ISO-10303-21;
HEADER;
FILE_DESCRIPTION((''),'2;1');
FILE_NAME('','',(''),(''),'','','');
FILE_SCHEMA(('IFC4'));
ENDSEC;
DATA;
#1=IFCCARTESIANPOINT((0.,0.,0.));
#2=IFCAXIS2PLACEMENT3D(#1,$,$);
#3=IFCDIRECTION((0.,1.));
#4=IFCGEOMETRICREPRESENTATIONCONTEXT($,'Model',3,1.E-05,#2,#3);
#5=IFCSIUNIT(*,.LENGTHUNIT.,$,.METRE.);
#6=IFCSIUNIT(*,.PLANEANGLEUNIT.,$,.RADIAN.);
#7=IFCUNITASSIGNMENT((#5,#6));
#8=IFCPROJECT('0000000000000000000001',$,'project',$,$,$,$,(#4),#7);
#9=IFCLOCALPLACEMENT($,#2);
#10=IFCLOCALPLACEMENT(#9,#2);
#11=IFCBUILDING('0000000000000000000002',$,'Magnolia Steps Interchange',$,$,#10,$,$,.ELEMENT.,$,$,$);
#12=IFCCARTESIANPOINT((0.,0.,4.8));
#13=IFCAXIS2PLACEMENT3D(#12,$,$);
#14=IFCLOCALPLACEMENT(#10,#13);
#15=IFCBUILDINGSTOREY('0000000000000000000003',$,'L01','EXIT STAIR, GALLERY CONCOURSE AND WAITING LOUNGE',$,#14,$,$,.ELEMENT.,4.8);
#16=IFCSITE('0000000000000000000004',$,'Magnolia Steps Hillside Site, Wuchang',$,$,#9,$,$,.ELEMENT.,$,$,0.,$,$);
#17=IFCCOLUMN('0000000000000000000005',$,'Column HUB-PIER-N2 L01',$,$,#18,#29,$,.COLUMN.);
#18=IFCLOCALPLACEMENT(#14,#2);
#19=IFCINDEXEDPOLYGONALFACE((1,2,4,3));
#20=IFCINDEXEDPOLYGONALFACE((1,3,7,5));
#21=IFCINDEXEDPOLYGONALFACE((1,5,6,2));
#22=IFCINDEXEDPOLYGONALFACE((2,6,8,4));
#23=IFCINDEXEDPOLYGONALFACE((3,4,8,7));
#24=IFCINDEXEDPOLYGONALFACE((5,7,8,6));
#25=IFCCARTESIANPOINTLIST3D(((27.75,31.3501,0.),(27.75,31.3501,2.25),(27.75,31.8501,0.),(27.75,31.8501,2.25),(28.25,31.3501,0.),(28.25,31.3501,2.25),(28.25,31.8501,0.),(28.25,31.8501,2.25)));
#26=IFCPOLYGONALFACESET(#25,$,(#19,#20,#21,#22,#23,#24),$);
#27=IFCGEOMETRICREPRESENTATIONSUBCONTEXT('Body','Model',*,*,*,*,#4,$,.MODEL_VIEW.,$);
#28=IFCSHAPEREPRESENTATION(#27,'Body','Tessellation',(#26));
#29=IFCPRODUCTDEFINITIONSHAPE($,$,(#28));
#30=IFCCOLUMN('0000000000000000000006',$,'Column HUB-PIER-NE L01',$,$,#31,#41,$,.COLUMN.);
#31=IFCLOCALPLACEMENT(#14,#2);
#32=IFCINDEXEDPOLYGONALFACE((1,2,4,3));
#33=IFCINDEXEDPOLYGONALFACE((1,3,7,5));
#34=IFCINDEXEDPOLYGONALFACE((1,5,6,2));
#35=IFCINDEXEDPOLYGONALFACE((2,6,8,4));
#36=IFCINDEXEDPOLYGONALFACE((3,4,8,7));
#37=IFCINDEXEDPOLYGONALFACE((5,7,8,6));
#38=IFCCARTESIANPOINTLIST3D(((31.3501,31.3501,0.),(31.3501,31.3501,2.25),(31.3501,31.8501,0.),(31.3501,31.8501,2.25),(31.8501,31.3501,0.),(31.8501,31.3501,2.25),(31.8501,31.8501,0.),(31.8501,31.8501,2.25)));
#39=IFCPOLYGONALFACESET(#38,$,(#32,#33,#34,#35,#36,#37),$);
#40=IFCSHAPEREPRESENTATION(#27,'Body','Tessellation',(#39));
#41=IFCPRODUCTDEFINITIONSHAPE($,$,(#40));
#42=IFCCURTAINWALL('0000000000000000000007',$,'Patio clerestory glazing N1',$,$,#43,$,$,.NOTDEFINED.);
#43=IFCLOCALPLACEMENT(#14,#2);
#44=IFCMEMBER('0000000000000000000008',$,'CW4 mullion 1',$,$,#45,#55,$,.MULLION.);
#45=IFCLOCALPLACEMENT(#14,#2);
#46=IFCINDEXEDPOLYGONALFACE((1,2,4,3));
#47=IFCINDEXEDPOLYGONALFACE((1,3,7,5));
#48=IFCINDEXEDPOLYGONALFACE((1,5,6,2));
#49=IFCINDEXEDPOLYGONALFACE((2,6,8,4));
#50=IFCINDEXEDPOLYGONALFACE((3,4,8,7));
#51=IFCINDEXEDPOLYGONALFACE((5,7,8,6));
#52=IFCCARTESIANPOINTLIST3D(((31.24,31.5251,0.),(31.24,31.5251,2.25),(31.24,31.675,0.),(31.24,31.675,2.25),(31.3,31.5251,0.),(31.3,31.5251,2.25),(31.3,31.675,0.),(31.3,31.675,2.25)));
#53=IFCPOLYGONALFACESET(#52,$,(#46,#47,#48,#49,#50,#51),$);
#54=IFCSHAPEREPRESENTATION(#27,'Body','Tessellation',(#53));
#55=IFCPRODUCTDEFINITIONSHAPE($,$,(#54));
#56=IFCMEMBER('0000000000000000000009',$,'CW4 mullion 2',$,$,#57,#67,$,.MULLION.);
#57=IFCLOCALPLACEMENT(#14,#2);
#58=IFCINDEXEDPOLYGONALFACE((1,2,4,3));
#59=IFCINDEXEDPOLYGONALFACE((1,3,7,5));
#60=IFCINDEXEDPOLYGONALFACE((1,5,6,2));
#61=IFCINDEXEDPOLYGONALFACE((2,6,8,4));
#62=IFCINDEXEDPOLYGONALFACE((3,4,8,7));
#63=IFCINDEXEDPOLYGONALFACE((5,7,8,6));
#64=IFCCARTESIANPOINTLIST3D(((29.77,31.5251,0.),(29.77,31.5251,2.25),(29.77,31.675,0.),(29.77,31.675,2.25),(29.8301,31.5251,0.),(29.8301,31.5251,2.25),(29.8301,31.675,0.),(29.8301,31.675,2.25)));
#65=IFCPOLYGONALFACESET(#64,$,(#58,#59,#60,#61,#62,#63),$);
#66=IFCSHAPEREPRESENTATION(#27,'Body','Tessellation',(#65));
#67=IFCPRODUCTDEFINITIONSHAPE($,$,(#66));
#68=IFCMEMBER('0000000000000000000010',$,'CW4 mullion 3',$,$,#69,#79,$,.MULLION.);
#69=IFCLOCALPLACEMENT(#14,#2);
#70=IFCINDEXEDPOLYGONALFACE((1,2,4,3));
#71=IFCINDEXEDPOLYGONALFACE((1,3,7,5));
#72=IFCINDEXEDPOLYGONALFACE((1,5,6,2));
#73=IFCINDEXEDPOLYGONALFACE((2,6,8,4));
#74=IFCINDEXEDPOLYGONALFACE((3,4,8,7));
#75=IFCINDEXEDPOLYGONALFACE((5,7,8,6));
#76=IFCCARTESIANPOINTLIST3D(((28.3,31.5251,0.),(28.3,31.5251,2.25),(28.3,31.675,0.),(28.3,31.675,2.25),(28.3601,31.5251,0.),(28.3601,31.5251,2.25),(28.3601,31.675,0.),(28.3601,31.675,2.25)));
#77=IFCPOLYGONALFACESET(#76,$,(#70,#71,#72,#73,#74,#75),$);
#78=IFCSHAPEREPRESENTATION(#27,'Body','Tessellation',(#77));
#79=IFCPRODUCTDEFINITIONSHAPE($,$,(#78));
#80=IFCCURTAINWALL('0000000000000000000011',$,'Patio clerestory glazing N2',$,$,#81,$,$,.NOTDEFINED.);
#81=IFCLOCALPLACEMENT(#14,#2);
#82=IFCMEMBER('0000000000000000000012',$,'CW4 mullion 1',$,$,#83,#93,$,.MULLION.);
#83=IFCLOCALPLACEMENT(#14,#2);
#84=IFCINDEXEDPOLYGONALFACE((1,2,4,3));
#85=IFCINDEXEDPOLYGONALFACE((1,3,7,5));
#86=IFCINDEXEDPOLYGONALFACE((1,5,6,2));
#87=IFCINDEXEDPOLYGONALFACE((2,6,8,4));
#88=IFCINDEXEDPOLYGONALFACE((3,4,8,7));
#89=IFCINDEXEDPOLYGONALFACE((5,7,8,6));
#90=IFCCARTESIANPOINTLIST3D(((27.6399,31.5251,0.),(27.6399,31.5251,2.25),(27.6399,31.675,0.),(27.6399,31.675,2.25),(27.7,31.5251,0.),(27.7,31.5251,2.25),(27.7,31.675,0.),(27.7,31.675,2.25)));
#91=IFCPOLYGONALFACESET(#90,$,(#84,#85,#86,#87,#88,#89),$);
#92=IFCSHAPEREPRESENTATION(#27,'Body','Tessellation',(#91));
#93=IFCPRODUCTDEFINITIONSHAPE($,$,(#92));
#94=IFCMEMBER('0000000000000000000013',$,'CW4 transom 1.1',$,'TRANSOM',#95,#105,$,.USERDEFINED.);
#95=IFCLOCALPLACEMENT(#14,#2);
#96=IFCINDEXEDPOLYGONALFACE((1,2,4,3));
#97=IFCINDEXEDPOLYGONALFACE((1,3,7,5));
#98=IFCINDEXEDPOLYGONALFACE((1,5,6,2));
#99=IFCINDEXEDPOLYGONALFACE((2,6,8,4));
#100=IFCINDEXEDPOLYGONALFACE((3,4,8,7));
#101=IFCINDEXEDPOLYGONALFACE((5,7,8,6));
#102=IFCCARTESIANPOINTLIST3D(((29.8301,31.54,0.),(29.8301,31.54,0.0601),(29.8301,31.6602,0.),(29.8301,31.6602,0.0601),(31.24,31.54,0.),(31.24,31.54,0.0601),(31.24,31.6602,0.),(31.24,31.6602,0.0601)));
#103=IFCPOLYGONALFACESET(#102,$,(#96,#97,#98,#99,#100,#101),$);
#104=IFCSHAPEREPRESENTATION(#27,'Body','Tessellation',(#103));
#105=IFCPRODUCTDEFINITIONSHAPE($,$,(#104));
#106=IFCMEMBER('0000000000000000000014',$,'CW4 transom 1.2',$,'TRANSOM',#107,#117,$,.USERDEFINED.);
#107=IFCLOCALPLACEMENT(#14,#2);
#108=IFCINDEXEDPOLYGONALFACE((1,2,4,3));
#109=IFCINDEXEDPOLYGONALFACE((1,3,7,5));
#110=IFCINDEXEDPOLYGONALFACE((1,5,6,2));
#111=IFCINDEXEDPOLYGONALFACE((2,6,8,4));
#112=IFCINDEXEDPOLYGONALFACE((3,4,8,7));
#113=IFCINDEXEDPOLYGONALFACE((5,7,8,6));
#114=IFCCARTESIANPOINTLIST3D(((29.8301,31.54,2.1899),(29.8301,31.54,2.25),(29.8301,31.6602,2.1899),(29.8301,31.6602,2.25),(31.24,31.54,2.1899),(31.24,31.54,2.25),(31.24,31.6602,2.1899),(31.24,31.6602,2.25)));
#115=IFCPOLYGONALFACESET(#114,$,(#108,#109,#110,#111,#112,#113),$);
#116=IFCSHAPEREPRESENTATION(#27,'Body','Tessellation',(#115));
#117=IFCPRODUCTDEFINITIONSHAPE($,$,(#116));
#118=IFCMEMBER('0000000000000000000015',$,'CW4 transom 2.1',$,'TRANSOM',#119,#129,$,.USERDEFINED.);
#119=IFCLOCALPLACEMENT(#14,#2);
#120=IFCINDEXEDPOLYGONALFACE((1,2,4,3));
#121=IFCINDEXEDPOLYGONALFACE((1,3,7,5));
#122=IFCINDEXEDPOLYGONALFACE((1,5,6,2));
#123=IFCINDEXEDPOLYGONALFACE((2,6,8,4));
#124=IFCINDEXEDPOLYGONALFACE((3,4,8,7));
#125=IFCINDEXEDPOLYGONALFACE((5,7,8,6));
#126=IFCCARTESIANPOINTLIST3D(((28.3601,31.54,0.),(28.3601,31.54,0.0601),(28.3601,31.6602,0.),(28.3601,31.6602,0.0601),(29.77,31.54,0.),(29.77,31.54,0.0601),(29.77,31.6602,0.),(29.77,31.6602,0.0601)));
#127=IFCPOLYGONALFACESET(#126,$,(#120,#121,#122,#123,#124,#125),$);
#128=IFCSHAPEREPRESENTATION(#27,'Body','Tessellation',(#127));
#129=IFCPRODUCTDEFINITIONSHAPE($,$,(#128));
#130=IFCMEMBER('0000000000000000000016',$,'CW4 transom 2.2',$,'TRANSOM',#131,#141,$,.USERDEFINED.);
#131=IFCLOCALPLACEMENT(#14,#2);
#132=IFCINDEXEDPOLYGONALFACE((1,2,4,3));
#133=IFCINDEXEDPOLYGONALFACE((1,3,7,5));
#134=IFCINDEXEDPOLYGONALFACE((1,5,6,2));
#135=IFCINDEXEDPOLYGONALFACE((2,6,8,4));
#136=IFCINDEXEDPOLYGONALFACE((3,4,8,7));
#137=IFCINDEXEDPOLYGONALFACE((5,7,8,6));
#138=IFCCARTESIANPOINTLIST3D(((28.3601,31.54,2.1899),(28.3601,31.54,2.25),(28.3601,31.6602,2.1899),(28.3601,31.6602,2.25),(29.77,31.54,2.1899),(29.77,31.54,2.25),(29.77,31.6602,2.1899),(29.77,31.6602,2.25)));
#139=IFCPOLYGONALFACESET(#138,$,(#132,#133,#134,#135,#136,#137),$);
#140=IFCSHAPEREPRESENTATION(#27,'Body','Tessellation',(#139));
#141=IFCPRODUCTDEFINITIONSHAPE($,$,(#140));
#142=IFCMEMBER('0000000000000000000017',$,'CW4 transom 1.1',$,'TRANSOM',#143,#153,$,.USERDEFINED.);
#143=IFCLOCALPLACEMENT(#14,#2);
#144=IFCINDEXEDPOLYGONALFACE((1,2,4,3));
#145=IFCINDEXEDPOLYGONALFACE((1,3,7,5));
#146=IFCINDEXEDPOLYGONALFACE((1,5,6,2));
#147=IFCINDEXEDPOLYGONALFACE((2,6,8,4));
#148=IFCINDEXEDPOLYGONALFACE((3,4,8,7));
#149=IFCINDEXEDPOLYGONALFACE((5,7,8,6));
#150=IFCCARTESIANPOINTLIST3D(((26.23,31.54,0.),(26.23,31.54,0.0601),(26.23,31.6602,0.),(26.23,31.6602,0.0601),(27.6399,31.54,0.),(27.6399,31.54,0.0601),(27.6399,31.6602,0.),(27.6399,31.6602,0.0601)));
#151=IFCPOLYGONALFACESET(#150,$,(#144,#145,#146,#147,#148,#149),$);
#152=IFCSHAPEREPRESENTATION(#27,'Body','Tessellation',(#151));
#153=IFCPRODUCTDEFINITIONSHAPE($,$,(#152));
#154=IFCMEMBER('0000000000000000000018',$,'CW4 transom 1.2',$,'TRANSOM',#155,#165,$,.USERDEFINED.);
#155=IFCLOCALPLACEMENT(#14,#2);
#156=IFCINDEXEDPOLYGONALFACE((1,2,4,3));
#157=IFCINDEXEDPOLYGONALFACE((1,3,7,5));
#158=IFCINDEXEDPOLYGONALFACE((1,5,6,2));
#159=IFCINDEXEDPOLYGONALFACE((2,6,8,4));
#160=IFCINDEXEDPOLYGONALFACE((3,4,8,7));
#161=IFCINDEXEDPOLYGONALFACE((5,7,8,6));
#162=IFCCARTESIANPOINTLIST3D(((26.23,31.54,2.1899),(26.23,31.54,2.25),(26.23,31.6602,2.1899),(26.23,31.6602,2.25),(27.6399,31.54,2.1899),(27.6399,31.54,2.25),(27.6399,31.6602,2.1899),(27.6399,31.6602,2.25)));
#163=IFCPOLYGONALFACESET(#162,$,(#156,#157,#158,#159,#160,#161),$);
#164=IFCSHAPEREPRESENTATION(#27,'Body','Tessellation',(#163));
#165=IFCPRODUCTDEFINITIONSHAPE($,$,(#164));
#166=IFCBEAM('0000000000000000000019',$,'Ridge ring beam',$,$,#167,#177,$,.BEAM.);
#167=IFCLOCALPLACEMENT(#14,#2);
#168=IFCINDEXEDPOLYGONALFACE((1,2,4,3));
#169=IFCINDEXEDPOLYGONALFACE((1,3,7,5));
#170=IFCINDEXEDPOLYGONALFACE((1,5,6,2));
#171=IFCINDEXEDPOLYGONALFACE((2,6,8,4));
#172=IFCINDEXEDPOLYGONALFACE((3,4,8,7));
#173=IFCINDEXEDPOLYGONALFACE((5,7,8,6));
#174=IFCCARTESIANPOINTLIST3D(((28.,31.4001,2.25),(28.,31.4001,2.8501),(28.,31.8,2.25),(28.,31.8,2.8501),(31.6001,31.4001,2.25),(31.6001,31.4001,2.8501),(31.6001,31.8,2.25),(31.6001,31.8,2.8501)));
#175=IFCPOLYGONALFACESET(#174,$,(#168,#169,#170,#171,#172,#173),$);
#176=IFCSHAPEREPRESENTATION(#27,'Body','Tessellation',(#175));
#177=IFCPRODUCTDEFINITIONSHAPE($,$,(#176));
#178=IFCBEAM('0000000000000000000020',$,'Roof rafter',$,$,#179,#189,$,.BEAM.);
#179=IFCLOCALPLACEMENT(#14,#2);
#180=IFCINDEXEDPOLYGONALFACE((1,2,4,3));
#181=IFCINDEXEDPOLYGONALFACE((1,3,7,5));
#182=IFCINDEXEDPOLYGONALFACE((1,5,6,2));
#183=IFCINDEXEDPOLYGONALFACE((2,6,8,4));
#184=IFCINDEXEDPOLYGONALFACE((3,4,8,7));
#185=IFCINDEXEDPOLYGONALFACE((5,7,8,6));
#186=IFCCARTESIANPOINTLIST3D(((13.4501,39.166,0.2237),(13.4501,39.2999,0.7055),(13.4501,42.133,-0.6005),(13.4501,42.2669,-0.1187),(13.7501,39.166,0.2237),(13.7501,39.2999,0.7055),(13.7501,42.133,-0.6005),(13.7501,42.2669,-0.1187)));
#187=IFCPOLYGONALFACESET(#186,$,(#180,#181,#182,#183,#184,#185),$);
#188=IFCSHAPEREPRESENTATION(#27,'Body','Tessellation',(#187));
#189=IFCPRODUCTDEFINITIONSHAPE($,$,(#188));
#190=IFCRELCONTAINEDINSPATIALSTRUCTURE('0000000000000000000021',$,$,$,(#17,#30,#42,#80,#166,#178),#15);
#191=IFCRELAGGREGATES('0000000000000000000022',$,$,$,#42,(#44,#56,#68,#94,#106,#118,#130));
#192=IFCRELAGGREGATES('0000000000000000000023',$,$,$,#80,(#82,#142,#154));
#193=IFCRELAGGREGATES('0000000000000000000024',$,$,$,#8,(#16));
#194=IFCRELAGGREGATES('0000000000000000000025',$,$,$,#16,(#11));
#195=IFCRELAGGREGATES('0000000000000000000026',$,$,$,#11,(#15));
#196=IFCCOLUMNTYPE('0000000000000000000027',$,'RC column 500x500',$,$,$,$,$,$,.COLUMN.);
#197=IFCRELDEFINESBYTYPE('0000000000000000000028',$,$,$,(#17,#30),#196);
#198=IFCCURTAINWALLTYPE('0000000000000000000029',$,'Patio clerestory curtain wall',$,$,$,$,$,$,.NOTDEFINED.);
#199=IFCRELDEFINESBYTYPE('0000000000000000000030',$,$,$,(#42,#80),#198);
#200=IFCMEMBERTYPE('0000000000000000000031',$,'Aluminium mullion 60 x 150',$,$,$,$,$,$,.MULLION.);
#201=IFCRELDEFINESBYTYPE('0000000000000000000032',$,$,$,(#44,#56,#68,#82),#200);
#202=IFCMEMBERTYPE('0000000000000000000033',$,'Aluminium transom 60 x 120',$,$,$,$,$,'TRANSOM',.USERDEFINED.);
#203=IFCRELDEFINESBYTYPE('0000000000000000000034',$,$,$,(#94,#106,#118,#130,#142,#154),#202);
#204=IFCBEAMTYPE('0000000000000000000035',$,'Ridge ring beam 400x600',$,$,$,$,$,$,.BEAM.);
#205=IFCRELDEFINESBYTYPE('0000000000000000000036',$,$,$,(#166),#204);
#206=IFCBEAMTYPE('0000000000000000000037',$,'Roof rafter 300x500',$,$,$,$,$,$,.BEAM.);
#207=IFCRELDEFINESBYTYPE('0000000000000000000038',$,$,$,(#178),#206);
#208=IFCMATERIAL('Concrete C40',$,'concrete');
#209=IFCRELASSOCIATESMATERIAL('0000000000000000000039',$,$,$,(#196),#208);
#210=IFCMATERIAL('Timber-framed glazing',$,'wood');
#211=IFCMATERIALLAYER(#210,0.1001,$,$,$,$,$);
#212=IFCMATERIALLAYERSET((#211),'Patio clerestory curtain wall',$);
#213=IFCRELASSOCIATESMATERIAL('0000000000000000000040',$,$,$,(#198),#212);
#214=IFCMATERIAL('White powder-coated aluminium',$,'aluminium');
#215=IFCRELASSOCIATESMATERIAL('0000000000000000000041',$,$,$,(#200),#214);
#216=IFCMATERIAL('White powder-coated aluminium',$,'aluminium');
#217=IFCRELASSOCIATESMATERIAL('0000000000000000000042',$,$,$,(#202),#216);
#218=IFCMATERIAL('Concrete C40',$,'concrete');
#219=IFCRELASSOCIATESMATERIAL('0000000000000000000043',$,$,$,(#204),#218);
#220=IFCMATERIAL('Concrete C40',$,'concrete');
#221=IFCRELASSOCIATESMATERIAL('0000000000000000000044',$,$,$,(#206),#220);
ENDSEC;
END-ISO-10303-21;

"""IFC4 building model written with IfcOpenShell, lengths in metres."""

from ifc_helpers import new_model, si_unit, direction, frame, origin, origin_2d, place, context, subcontext, project, spatial, rectangle, extrude, material, layer, layer_set, material_profile, profile_set, type_object, element, aggregate, save


model = new_model("IFC4")

# Units and contexts
model_context = context("Model", 3, precision=1e-05, world=origin(), true_north=direction((0.0, 1.0)))
body_context = subcontext(model_context, "Body", "Model", "MODEL_VIEW")
ifc_project = project(units=[si_unit("LENGTHUNIT", "METRE"), si_unit("PLANEANGLEUNIT", "RADIAN")], contexts=[model_context])

# Site, building, storey
site_placement = place(None, origin())
site = spatial("IfcSite", under=ifc_project, at=site_placement, Name="Magnolia Steps Hillside Site, Wuchang", CompositionType="ELEMENT", RefElevation=0.0)
building_placement = place(site_placement, origin())
building = spatial("IfcBuilding", under=site, at=building_placement, Name="Magnolia Steps Interchange", CompositionType="ELEMENT")
storey_placement = place(building_placement, frame((0.0, 0.0, 4.8)))
storey = spatial("IfcBuildingStorey", under=building, at=storey_placement, Name="L01", Description="EXIT STAIR, GALLERY CONCOURSE AND WAITING LOUNGE", CompositionType="ELEMENT", Elevation=4.8)

# Columns
ifc_material_1 = material(Name="Concrete C40", Category="concrete")
ifc_material_profile_1 = material_profile(ifc_material_1, rectangle(XDim=0.5, YDim=0.5, at=origin_2d()), Name="RC500x500")
ifc_profile_set_1 = profile_set([ifc_material_profile_1], Name="Concrete C40")
column_type = type_object("IfcColumnType", Name="RC column 500x500", PredefinedType="COLUMN", material=ifc_profile_set_1)
for number, where, z_axis, x_axis, name in (
    (1, (28.0, 31.6001, 0.0), (0.0, 0.0, 1.0), (1.0, 0.0, 0.0), "Column HUB-PIER-N2 L01"),
    (2, (31.6001, 31.6001, 0.0), (0.0, 0.0, 1.0), (1.0, 0.0, 0.0), "Column HUB-PIER-NE L01"),
):
    element("IfcColumn", number, at=place(storey_placement, frame(where, z_axis=z_axis, x_axis=x_axis)), inside=storey, type_object=column_type, Name=name, PredefinedType="COLUMN", context=body_context, shape_type="SweptSolid", body=[
        extrude(rectangle(XDim=0.5, YDim=0.5, at=origin_2d()), origin(), (0.0, 0.0, 1.0), 2.25),
    ])

# Curtain wall, members
ifc_material_2 = material(Name="Timber-framed glazing", Category="wood")
ifc_layer_1 = layer(ifc_material_2, 0.1001)
ifc_layer_set_1 = layer_set([ifc_layer_1], Name="Patio clerestory curtain wall")
curtain_wall_type = type_object("IfcCurtainWallType", Name="Patio clerestory curtain wall", PredefinedType="NOTDEFINED", material=ifc_layer_set_1)
curtain_wall_1_placement = place(storey_placement, origin())
curtain_wall_1 = element("IfcCurtainWall", 3, at=curtain_wall_1_placement, inside=storey, type_object=curtain_wall_type, Name="Patio clerestory glazing N1", PredefinedType="NOTDEFINED")
ifc_material_3 = material(Name="White powder-coated aluminium", Category="aluminium")
ifc_material_profile_2 = material_profile(ifc_material_3, rectangle(XDim=0.0601, YDim=0.1499, at=origin_2d()), Name="Aluminium mullion 60 x 150")
ifc_profile_set_2 = profile_set([ifc_material_profile_2], Name="White powder-coated aluminium")
member_type_1 = type_object("IfcMemberType", Name="Aluminium mullion 60 x 150", PredefinedType="MULLION", material=ifc_profile_set_2)
member_1_placement = place(storey_placement, frame((31.27, 31.6001, 0.0), z_axis=(0.0, 0.0, 1.0), x_axis=(-1.0, 0.0, 0.0)))
member_1 = element("IfcMember", 4, at=member_1_placement, type_object=member_type_1, Name="CW4 mullion 1", PredefinedType="MULLION", context=body_context, shape_type="SweptSolid", body=[
    extrude(rectangle(XDim=0.0601, YDim=0.1499, at=origin_2d()), origin(), (0.0, 0.0, 1.0), 2.25),
])
member_2_placement = place(storey_placement, frame((29.8, 31.6001, 0.0), z_axis=(0.0, 0.0, 1.0), x_axis=(-1.0, 0.0, 0.0)))
member_2 = element("IfcMember", 5, at=member_2_placement, type_object=member_type_1, Name="CW4 mullion 2", PredefinedType="MULLION", context=body_context, shape_type="SweptSolid", body=[
    extrude(rectangle(XDim=0.0601, YDim=0.1499, at=origin_2d()), origin(), (0.0, 0.0, 1.0), 2.25),
])
member_3_placement = place(storey_placement, frame((28.3301, 31.6001, 0.0), z_axis=(0.0, 0.0, 1.0), x_axis=(-1.0, 0.0, 0.0)))
member_3 = element("IfcMember", 6, at=member_3_placement, type_object=member_type_1, Name="CW4 mullion 3", PredefinedType="MULLION", context=body_context, shape_type="SweptSolid", body=[
    extrude(rectangle(XDim=0.0601, YDim=0.1499, at=origin_2d()), origin(), (0.0, 0.0, 1.0), 2.25),
])

# Curtain wall, member
curtain_wall_2_placement = place(storey_placement, origin())
curtain_wall_2 = element("IfcCurtainWall", 7, at=curtain_wall_2_placement, inside=storey, type_object=curtain_wall_type, Name="Patio clerestory glazing N2", PredefinedType="NOTDEFINED")
member_4_placement = place(storey_placement, frame((27.6699, 31.6001, 0.0), z_axis=(0.0, 0.0, 1.0), x_axis=(-1.0, 0.0, 0.0)))
member_4 = element("IfcMember", 8, at=member_4_placement, type_object=member_type_1, Name="CW4 mullion 1", PredefinedType="MULLION", context=body_context, shape_type="SweptSolid", body=[
    extrude(rectangle(XDim=0.0601, YDim=0.1499, at=origin_2d()), origin(), (0.0, 0.0, 1.0), 2.25),
])

# Members
ifc_material_4 = material(Name="White powder-coated aluminium", Category="aluminium")
ifc_material_profile_3 = material_profile(ifc_material_4, rectangle(XDim=0.0601, YDim=0.1201, at=origin_2d()), Name="Aluminium transom 60 x 120")
ifc_profile_set_3 = profile_set([ifc_material_profile_3], Name="White powder-coated aluminium")
member_type_2 = type_object("IfcMemberType", Name="Aluminium transom 60 x 120", ElementType="TRANSOM", PredefinedType="USERDEFINED", material=ifc_profile_set_3)
member_5_placement = place(storey_placement, frame((31.24, 31.6001, 0.03), z_axis=(-1.0, 0.0, 0.0), x_axis=(0.0, 0.0, 1.0)))
member_5 = element("IfcMember", 9, at=member_5_placement, type_object=member_type_2, Name="CW4 transom 1.1", ObjectType="TRANSOM", PredefinedType="USERDEFINED", context=body_context, shape_type="SweptSolid", body=[
    extrude(rectangle(XDim=0.0601, YDim=0.1201, at=origin_2d()), origin(), (0.0, 0.0, 1.0), 1.4099),
])
member_6_placement = place(storey_placement, frame((31.24, 31.6001, 2.22), z_axis=(-1.0, 0.0, 0.0), x_axis=(0.0, 0.0, 1.0)))
member_6 = element("IfcMember", 10, at=member_6_placement, type_object=member_type_2, Name="CW4 transom 1.2", ObjectType="TRANSOM", PredefinedType="USERDEFINED", context=body_context, shape_type="SweptSolid", body=[
    extrude(rectangle(XDim=0.0601, YDim=0.1201, at=origin_2d()), origin(), (0.0, 0.0, 1.0), 1.4099),
])
member_7_placement = place(storey_placement, frame((29.77, 31.6001, 0.03), z_axis=(-1.0, 0.0, 0.0), x_axis=(0.0, 0.0, 1.0)))
member_7 = element("IfcMember", 11, at=member_7_placement, type_object=member_type_2, Name="CW4 transom 2.1", ObjectType="TRANSOM", PredefinedType="USERDEFINED", context=body_context, shape_type="SweptSolid", body=[
    extrude(rectangle(XDim=0.0601, YDim=0.1201, at=origin_2d()), origin(), (0.0, 0.0, 1.0), 1.4099),
])
member_8_placement = place(storey_placement, frame((29.77, 31.6001, 2.22), z_axis=(-1.0, 0.0, 0.0), x_axis=(0.0, 0.0, 1.0)))
member_8 = element("IfcMember", 12, at=member_8_placement, type_object=member_type_2, Name="CW4 transom 2.2", ObjectType="TRANSOM", PredefinedType="USERDEFINED", context=body_context, shape_type="SweptSolid", body=[
    extrude(rectangle(XDim=0.0601, YDim=0.1201, at=origin_2d()), origin(), (0.0, 0.0, 1.0), 1.4099),
])
member_9_placement = place(storey_placement, frame((27.6399, 31.6001, 0.03), z_axis=(-1.0, 0.0, 0.0), x_axis=(0.0, 0.0, 1.0)))
member_9 = element("IfcMember", 13, at=member_9_placement, type_object=member_type_2, Name="CW4 transom 1.1", ObjectType="TRANSOM", PredefinedType="USERDEFINED", context=body_context, shape_type="SweptSolid", body=[
    extrude(rectangle(XDim=0.0601, YDim=0.1201, at=origin_2d()), origin(), (0.0, 0.0, 1.0), 1.4099),
])
member_10_placement = place(storey_placement, frame((27.6399, 31.6001, 2.22), z_axis=(-1.0, 0.0, 0.0), x_axis=(0.0, 0.0, 1.0)))
member_10 = element("IfcMember", 14, at=member_10_placement, type_object=member_type_2, Name="CW4 transom 1.2", ObjectType="TRANSOM", PredefinedType="USERDEFINED", context=body_context, shape_type="SweptSolid", body=[
    extrude(rectangle(XDim=0.0601, YDim=0.1201, at=origin_2d()), origin(), (0.0, 0.0, 1.0), 1.4099),
])

# Beams
ifc_material_5 = material(Name="Concrete C40", Category="concrete")
ifc_material_profile_4 = material_profile(ifc_material_5, rectangle(XDim=0.3999, YDim=0.6001, at=origin_2d()), Name="RC400x600")
ifc_profile_set_4 = profile_set([ifc_material_profile_4], Name="Concrete C40")
beam_type_1 = type_object("IfcBeamType", Name="Ridge ring beam 400x600", PredefinedType="BEAM", material=ifc_profile_set_4)
beam_1_placement = place(storey_placement, frame((28.0, 31.6001, 2.55), z_axis=(1.0, 0.0, 0.0), x_axis=(0.0, 1.0, 0.0)))
element("IfcBeam", 15, at=beam_1_placement, inside=storey, type_object=beam_type_1, Name="Ridge ring beam", PredefinedType="BEAM", context=body_context, shape_type="SweptSolid", body=[
    extrude(rectangle(XDim=0.3999, YDim=0.6001, at=origin_2d()), origin(), (0.0, 0.0, 1.0), 3.6001),
])
ifc_material_6 = material(Name="Concrete C40", Category="concrete")
ifc_material_profile_5 = material_profile(ifc_material_6, rectangle(XDim=0.3, YDim=0.5, at=origin_2d()), Name="RC300x500")
ifc_profile_set_5 = profile_set([ifc_material_profile_5], Name="Concrete C40")
beam_type_2 = type_object("IfcBeamType", Name="Roof rafter 300x500", PredefinedType="BEAM", material=ifc_profile_set_5)
beam_2_placement = place(storey_placement, frame((13.6001, 42.2, -0.3596), z_axis=(0.0, -0.963515, 0.267656), x_axis=(1.0, 0.0, 0.0)))
element("IfcBeam", 16, at=beam_2_placement, inside=storey, type_object=beam_type_2, Name="Roof rafter", PredefinedType="BEAM", context=body_context, shape_type="SweptSolid", body=[
    extrude(rectangle(XDim=0.3, YDim=0.5, at=origin_2d()), origin(), (0.0, 0.0, 1.0), 3.0793),
])

aggregate(curtain_wall_1, [member_1, member_2, member_3, member_5, member_6, member_7, member_8])
aggregate(curtain_wall_2, [member_4, member_9, member_10])

save(model, "model.ifc")
